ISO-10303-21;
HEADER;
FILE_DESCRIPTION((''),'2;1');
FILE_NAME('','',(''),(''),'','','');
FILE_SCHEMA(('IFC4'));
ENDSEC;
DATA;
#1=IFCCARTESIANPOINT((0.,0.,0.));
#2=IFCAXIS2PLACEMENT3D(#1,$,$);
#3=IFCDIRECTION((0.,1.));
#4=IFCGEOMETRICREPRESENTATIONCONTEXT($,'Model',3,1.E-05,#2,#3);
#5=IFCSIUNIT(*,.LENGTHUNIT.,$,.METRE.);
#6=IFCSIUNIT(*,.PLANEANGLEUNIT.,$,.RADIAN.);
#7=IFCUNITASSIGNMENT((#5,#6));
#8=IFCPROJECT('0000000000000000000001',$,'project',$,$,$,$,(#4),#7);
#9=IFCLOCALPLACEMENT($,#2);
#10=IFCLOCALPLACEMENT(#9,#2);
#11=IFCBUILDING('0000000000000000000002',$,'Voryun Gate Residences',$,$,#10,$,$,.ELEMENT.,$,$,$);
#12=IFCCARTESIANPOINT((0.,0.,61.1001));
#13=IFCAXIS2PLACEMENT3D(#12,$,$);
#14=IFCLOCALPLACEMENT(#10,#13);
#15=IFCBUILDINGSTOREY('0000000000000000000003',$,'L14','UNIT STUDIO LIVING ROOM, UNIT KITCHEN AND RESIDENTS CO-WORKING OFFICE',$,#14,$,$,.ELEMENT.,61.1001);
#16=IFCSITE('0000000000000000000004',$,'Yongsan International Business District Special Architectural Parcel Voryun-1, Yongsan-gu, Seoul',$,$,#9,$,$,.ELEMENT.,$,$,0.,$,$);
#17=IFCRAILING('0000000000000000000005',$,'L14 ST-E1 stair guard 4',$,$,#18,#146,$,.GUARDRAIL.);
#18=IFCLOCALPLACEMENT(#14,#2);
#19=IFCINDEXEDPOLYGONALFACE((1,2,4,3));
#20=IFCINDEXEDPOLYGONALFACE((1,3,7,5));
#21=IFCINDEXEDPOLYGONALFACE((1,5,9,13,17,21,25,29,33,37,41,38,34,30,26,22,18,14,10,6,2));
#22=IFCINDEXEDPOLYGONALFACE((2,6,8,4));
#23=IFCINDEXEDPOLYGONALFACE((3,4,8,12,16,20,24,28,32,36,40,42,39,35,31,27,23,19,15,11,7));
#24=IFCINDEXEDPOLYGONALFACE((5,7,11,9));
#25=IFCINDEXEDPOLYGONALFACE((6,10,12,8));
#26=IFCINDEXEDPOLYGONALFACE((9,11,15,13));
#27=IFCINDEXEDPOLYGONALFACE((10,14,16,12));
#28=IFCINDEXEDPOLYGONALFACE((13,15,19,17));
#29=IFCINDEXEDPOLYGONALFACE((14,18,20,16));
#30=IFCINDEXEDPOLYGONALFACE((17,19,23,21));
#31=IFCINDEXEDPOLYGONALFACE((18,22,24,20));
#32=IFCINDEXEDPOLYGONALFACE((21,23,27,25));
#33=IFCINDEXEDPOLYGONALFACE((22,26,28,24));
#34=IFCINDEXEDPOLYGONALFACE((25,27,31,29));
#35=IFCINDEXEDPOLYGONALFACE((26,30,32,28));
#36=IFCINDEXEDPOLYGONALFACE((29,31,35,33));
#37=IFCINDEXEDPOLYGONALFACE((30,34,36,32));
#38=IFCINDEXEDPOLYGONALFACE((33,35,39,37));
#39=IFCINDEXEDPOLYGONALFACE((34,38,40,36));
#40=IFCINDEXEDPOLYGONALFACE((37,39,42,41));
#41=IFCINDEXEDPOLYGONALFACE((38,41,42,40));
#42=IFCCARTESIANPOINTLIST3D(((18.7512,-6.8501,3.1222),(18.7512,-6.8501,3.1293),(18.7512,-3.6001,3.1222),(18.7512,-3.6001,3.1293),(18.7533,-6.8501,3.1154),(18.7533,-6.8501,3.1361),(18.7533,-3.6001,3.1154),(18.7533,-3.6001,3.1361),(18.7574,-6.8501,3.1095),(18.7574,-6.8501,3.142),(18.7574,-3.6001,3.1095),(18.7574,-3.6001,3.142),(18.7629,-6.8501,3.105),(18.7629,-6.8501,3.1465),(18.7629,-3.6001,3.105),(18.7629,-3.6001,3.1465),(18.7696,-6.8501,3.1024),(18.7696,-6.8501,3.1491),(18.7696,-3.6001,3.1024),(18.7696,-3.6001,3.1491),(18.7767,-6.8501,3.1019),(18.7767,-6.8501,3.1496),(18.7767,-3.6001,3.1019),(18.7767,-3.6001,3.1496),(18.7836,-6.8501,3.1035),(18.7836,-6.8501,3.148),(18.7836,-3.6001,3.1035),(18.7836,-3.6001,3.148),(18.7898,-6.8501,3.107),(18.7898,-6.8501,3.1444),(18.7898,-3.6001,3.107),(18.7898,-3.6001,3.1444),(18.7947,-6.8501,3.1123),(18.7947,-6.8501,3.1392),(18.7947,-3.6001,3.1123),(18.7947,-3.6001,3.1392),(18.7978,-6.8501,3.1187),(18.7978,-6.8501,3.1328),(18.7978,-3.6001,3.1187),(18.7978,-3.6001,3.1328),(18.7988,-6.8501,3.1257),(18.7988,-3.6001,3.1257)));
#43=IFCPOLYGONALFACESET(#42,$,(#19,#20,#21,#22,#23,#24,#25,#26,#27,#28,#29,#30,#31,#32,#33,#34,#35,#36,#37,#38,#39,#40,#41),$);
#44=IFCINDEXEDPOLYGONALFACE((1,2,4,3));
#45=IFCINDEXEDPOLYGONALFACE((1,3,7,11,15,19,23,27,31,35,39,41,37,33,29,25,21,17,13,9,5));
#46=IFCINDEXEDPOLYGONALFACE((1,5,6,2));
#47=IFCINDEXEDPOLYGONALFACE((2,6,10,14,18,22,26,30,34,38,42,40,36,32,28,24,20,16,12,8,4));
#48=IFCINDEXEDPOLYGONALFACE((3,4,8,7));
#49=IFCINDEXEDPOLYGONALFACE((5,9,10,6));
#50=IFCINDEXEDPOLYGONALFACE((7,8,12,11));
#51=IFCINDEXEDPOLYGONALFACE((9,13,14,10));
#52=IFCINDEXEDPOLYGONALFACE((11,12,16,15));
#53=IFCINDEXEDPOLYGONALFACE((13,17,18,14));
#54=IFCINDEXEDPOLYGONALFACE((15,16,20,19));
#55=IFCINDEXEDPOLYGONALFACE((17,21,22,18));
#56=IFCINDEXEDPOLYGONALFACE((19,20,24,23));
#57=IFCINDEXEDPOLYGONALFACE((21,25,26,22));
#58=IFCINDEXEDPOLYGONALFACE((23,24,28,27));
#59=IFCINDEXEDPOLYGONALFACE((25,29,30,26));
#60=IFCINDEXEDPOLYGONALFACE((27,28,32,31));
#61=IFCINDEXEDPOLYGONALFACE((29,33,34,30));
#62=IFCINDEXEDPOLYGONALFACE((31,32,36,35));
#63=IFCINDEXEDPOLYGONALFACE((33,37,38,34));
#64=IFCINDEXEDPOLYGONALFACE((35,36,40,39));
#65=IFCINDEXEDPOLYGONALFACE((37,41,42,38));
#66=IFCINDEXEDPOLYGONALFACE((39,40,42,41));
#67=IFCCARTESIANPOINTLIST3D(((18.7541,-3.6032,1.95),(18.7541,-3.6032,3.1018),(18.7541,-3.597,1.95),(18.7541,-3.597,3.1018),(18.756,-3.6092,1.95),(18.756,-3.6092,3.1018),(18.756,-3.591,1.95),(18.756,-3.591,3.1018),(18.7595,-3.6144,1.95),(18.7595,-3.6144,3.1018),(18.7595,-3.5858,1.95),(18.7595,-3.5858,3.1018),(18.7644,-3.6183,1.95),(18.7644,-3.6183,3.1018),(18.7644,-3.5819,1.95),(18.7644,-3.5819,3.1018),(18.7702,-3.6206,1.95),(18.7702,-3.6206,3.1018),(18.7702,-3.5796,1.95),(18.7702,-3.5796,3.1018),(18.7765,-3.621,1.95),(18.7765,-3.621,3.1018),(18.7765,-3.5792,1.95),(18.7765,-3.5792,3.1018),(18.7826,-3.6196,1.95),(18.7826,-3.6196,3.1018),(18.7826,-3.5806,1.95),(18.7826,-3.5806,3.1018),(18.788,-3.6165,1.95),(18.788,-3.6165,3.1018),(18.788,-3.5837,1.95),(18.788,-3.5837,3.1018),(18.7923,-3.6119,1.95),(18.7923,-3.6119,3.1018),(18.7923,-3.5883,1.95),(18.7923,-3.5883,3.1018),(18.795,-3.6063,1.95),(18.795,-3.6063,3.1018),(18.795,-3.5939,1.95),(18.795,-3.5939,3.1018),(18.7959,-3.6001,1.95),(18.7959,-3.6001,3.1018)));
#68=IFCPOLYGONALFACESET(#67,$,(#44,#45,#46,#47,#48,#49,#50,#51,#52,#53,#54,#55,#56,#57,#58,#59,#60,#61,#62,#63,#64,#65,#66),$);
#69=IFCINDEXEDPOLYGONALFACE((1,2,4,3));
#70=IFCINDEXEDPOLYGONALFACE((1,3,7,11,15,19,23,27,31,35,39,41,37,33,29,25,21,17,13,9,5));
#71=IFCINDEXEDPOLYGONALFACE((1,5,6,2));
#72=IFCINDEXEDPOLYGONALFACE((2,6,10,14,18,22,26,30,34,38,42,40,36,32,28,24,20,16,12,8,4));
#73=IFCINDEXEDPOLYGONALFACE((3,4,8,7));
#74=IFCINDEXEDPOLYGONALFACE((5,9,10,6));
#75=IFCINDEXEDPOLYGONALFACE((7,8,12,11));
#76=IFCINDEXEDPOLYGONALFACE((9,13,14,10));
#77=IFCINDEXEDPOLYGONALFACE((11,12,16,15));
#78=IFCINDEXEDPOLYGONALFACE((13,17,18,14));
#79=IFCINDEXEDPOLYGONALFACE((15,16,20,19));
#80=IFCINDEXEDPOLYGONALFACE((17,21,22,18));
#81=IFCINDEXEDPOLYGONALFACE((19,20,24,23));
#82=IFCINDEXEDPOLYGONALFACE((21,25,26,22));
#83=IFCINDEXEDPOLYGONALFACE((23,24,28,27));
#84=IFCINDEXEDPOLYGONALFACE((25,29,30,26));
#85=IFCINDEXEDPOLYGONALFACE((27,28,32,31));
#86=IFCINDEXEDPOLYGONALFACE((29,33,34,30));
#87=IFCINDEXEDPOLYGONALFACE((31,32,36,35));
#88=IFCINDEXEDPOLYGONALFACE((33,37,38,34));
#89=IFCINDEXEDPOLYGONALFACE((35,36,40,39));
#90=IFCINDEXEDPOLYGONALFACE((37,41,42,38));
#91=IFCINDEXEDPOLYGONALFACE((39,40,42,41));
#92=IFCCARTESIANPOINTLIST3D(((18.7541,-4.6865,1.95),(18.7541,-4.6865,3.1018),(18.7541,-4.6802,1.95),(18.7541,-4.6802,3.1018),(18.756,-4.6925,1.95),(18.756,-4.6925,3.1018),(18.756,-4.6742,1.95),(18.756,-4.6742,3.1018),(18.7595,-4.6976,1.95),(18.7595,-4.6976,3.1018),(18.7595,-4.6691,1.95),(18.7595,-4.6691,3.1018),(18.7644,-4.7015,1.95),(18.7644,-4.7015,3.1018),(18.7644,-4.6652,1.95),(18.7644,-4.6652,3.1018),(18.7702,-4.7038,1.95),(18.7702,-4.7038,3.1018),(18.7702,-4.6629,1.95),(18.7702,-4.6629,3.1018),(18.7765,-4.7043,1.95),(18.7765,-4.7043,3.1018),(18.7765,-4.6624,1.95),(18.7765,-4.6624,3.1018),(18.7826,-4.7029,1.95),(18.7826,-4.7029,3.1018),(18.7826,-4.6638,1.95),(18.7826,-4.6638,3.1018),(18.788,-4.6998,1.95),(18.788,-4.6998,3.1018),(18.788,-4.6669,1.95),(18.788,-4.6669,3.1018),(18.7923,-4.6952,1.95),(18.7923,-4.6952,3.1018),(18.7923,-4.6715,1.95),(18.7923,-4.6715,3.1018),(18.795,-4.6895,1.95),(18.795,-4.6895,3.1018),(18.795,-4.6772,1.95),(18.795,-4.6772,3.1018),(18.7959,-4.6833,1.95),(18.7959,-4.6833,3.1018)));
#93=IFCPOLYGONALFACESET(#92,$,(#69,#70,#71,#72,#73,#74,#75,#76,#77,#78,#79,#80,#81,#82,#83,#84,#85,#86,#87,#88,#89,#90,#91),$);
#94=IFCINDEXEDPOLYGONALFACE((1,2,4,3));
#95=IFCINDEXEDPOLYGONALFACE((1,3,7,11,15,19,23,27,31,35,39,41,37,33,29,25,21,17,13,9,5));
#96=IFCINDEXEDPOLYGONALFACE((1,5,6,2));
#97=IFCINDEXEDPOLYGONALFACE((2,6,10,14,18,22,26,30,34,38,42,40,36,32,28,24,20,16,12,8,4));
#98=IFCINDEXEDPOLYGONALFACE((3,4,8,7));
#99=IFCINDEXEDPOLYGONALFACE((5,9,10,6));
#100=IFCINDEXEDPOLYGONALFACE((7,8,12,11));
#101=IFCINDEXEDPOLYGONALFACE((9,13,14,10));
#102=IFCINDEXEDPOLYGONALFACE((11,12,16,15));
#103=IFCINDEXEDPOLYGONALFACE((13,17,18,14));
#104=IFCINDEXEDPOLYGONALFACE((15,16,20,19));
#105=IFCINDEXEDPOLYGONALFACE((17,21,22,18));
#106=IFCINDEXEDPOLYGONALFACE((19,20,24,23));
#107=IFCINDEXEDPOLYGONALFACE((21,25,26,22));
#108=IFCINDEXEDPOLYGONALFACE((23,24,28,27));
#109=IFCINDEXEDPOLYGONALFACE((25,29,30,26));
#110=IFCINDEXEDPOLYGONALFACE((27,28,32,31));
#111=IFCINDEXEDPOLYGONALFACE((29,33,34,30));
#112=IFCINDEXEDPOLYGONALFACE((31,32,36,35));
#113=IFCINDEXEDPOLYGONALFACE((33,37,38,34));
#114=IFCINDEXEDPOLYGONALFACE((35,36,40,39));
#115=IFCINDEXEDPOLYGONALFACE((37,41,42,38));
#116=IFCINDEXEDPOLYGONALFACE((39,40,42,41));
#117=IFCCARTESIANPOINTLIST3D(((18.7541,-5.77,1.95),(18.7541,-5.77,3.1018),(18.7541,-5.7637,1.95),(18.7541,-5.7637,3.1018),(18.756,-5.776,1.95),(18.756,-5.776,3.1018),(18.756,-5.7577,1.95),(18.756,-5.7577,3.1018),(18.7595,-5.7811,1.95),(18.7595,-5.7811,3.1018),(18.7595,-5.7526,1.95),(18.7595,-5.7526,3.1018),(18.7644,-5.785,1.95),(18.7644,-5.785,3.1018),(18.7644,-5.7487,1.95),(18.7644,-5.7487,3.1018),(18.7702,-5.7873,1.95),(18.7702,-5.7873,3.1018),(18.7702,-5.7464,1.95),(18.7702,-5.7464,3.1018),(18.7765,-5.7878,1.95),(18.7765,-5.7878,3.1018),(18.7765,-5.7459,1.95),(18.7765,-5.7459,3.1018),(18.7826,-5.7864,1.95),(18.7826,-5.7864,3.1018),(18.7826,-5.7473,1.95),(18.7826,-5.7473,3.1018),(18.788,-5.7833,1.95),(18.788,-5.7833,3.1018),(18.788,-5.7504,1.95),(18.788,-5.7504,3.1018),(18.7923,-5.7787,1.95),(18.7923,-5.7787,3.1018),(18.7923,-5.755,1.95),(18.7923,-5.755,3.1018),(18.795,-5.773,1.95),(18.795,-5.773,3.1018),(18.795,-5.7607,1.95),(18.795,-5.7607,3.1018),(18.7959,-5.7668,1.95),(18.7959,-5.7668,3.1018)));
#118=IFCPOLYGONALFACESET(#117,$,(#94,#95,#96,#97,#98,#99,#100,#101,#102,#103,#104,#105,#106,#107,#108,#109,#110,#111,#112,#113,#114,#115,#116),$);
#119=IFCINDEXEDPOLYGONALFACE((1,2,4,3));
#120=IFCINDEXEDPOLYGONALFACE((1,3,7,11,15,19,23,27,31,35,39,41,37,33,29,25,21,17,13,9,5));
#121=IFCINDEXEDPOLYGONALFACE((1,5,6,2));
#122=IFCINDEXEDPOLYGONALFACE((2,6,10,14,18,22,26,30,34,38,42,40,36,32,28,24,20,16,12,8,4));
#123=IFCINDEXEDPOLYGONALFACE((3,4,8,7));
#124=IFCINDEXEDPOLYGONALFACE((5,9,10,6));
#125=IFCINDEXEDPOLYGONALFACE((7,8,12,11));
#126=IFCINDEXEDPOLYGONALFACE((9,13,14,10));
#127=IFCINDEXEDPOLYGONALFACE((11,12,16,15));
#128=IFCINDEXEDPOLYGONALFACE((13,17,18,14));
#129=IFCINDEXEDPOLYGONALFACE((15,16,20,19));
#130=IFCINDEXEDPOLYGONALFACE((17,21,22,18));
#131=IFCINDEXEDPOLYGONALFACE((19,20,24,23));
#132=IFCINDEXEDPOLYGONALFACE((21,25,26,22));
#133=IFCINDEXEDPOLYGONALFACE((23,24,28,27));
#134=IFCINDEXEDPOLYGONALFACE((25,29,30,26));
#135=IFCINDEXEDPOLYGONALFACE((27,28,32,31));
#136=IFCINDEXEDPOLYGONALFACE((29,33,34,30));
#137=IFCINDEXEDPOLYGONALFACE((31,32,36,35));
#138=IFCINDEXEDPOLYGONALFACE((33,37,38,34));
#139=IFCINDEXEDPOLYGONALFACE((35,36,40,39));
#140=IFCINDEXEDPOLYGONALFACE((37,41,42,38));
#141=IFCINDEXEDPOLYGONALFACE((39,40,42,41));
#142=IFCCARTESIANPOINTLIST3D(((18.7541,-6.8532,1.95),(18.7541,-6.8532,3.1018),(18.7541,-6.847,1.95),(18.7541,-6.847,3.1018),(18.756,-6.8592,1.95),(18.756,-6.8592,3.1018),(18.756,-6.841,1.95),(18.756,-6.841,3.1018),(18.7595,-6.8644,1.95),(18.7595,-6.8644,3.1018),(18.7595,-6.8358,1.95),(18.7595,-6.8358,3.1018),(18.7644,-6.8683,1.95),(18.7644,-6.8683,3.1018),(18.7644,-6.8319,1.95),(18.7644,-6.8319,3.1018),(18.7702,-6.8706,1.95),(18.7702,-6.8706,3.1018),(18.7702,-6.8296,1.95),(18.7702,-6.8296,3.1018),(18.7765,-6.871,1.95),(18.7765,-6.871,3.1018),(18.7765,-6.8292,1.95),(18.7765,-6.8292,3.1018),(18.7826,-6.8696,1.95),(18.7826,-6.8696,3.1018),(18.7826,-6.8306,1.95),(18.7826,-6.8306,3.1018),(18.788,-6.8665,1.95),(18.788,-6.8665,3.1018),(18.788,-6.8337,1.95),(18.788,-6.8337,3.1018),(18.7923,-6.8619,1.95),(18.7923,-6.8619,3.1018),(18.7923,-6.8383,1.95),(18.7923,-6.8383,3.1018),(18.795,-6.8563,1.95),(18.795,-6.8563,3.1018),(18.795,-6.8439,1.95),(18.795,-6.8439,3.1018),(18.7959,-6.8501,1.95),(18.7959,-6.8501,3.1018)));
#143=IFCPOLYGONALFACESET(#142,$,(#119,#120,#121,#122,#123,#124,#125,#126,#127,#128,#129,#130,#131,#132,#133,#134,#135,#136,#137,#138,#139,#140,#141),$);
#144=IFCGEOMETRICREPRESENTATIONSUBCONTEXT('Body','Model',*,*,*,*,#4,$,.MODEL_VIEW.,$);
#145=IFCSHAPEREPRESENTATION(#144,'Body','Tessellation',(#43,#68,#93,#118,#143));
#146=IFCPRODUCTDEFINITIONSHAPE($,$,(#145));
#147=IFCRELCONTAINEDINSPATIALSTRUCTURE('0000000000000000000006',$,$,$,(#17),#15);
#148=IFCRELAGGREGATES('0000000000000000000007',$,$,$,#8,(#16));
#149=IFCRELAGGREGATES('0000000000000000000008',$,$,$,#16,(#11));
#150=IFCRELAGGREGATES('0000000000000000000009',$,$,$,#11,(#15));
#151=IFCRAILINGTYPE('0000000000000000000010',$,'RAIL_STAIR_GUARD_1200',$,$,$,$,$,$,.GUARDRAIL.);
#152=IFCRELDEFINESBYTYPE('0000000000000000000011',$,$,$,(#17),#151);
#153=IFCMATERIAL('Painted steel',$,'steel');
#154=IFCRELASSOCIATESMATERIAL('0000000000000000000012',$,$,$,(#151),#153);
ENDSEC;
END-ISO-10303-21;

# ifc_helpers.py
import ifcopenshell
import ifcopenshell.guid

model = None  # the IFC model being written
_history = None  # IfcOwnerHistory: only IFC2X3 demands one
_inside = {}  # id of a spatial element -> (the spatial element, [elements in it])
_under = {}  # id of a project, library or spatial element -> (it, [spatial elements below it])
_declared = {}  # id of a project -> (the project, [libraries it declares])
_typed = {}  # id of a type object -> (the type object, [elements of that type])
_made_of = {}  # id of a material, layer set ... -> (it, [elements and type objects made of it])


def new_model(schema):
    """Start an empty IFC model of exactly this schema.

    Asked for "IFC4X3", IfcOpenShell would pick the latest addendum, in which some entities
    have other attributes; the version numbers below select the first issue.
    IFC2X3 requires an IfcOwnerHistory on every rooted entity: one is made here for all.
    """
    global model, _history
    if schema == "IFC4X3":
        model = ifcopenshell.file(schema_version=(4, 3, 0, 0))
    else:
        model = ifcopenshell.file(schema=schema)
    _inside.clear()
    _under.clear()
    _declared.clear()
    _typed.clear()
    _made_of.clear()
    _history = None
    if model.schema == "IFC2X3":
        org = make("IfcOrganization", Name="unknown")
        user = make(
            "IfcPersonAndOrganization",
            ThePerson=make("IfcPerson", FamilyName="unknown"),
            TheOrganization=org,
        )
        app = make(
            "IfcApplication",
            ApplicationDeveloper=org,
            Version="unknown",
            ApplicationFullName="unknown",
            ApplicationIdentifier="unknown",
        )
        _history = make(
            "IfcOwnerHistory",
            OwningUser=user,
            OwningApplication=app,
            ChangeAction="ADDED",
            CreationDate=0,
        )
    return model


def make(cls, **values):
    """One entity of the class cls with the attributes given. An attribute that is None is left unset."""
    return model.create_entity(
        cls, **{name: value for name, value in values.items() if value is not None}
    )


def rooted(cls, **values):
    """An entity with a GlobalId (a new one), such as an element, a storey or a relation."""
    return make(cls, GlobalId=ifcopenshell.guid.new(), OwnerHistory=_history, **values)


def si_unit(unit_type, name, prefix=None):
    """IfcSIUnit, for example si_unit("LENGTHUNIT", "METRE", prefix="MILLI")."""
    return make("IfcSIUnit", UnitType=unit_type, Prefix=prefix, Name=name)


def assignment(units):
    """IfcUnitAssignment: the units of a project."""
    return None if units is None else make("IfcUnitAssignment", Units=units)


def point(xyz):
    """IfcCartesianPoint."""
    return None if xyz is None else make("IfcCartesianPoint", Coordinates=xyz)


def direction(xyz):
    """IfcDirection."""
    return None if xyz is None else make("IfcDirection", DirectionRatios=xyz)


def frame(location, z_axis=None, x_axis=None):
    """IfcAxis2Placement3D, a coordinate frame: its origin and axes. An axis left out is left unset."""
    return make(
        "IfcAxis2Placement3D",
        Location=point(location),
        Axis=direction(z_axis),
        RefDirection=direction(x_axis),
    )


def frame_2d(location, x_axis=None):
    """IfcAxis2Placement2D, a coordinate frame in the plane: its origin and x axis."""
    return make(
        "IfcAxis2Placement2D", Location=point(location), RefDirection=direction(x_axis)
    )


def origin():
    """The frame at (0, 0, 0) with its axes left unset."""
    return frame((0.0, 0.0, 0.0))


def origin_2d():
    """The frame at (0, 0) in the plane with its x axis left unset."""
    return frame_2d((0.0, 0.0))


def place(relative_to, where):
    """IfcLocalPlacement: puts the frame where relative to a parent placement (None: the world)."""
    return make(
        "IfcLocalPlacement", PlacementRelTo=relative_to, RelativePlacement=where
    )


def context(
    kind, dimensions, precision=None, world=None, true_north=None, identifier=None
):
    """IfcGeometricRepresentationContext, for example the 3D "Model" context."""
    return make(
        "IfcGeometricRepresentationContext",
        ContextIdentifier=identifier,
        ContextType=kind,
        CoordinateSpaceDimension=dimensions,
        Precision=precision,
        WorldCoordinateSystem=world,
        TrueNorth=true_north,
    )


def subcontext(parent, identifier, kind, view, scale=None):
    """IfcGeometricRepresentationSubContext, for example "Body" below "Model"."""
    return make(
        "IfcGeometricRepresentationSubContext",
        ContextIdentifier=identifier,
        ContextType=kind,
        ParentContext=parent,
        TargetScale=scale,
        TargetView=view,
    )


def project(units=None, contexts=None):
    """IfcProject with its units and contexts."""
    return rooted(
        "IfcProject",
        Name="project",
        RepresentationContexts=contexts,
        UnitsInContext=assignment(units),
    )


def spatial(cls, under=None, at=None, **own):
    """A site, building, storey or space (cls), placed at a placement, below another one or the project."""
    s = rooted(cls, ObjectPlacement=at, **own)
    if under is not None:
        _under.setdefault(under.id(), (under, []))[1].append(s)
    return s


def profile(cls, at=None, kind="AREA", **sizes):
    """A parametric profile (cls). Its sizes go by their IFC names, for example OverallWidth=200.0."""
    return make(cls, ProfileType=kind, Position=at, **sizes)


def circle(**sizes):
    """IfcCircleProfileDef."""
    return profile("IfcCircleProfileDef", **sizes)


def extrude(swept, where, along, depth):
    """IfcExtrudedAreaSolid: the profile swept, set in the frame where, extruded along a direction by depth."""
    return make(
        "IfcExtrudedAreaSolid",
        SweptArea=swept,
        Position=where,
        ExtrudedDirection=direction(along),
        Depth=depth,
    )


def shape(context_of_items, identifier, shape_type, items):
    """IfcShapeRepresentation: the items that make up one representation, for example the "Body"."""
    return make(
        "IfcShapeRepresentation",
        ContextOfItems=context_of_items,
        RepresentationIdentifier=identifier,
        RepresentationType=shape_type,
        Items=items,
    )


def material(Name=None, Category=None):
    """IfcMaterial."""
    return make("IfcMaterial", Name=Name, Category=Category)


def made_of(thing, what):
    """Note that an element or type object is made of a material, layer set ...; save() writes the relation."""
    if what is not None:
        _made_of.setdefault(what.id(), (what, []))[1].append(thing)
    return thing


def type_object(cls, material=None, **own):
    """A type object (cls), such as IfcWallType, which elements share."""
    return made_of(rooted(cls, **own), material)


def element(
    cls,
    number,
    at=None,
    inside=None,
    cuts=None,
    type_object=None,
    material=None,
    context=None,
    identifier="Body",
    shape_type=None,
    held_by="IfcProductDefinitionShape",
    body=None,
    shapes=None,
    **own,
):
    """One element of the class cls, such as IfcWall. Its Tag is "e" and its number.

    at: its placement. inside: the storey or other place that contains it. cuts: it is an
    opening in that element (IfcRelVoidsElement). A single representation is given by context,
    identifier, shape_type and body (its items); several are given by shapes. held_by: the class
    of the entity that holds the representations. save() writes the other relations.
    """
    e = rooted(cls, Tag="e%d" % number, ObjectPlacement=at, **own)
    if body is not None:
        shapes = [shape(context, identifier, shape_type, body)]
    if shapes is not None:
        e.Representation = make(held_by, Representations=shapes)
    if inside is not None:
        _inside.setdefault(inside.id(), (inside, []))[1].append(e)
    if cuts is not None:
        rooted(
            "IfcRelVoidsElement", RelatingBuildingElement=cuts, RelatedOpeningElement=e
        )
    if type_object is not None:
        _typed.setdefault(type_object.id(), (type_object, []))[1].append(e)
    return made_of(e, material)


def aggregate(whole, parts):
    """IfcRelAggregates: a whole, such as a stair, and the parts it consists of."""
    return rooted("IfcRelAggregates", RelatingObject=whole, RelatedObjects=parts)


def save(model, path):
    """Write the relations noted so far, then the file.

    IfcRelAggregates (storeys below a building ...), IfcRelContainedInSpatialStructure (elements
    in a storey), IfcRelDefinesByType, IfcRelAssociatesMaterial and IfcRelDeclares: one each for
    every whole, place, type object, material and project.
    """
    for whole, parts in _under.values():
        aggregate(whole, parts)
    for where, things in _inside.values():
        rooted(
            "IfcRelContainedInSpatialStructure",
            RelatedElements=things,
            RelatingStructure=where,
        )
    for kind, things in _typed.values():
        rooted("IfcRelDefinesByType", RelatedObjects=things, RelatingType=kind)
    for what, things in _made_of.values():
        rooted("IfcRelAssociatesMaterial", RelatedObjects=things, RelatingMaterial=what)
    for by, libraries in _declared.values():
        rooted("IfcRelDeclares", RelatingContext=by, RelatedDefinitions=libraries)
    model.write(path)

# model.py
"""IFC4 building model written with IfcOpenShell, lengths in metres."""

from ifc_helpers import new_model, si_unit, direction, frame, origin, origin_2d, place, context, subcontext, project, spatial, circle, extrude, material, type_object, element, save


model = new_model("IFC4")

# Units and contexts
model_context = context("Model", 3, precision=1e-05, world=origin(), true_north=direction((0.0, 1.0)))
body_context = subcontext(model_context, "Body", "Model", "MODEL_VIEW")
ifc_project = project(units=[si_unit("LENGTHUNIT", "METRE"), si_unit("PLANEANGLEUNIT", "RADIAN")], contexts=[model_context])

# Site, building, storey
site_placement = place(None, origin())
site = spatial("IfcSite", under=ifc_project, at=site_placement, Name="Yongsan International Business District Special Architectural Parcel Voryun-1, Yongsan-gu, Seoul", CompositionType="ELEMENT", RefElevation=0.0)
building_placement = place(site_placement, origin())
building = spatial("IfcBuilding", under=site, at=building_placement, Name="Voryun Gate Residences", CompositionType="ELEMENT")
storey_placement = place(building_placement, frame((0.0, 0.0, 61.1001)))
storey = spatial("IfcBuildingStorey", under=building, at=storey_placement, Name="L14", Description="UNIT STUDIO LIVING ROOM, UNIT KITCHEN AND RESIDENTS CO-WORKING OFFICE", CompositionType="ELEMENT", Elevation=61.1001)

# Railing
ifc_material_1 = material(Name="Painted steel", Category="steel")
railing_type_1 = type_object("IfcRailingType", Name="RAIL_STAIR_GUARD_1200", PredefinedType="GUARDRAIL", material=ifc_material_1)
for number, where, name in (
    (1, (18.7749, -3.6001, 1.95), "L14 ST-E1 stair guard 4"),
):
    element("IfcRailing", number, at=place(storey_placement, frame(where)), inside=storey, type_object=railing_type_1, Name=name, PredefinedType="GUARDRAIL", context=body_context, shape_type="SweptSolid", body=[
        extrude(circle(Radius=0.0239, at=origin_2d()), frame((0.0, 0.0, 1.1758), z_axis=(0.0, -1.0, 0.0), x_axis=(1.0, 0.0, 0.0)), (0.0, 0.0, 1.0), 3.25),
        extrude(circle(Radius=0.021, at=origin_2d()), origin(), (0.0, 0.0, 1.0), 1.1519),
        extrude(circle(Radius=0.021, at=origin_2d()), frame((0.0, -1.0833, 0.0)), (0.0, 0.0, 1.0), 1.1519),
        extrude(circle(Radius=0.021, at=origin_2d()), frame((0.0, -2.1667, 0.0)), (0.0, 0.0, 1.0), 1.1519),
        extrude(circle(Radius=0.021, at=origin_2d()), frame((0.0, -3.25, 0.0)), (0.0, 0.0, 1.0), 1.1519),
    ])

save(model, "model.ifc")
